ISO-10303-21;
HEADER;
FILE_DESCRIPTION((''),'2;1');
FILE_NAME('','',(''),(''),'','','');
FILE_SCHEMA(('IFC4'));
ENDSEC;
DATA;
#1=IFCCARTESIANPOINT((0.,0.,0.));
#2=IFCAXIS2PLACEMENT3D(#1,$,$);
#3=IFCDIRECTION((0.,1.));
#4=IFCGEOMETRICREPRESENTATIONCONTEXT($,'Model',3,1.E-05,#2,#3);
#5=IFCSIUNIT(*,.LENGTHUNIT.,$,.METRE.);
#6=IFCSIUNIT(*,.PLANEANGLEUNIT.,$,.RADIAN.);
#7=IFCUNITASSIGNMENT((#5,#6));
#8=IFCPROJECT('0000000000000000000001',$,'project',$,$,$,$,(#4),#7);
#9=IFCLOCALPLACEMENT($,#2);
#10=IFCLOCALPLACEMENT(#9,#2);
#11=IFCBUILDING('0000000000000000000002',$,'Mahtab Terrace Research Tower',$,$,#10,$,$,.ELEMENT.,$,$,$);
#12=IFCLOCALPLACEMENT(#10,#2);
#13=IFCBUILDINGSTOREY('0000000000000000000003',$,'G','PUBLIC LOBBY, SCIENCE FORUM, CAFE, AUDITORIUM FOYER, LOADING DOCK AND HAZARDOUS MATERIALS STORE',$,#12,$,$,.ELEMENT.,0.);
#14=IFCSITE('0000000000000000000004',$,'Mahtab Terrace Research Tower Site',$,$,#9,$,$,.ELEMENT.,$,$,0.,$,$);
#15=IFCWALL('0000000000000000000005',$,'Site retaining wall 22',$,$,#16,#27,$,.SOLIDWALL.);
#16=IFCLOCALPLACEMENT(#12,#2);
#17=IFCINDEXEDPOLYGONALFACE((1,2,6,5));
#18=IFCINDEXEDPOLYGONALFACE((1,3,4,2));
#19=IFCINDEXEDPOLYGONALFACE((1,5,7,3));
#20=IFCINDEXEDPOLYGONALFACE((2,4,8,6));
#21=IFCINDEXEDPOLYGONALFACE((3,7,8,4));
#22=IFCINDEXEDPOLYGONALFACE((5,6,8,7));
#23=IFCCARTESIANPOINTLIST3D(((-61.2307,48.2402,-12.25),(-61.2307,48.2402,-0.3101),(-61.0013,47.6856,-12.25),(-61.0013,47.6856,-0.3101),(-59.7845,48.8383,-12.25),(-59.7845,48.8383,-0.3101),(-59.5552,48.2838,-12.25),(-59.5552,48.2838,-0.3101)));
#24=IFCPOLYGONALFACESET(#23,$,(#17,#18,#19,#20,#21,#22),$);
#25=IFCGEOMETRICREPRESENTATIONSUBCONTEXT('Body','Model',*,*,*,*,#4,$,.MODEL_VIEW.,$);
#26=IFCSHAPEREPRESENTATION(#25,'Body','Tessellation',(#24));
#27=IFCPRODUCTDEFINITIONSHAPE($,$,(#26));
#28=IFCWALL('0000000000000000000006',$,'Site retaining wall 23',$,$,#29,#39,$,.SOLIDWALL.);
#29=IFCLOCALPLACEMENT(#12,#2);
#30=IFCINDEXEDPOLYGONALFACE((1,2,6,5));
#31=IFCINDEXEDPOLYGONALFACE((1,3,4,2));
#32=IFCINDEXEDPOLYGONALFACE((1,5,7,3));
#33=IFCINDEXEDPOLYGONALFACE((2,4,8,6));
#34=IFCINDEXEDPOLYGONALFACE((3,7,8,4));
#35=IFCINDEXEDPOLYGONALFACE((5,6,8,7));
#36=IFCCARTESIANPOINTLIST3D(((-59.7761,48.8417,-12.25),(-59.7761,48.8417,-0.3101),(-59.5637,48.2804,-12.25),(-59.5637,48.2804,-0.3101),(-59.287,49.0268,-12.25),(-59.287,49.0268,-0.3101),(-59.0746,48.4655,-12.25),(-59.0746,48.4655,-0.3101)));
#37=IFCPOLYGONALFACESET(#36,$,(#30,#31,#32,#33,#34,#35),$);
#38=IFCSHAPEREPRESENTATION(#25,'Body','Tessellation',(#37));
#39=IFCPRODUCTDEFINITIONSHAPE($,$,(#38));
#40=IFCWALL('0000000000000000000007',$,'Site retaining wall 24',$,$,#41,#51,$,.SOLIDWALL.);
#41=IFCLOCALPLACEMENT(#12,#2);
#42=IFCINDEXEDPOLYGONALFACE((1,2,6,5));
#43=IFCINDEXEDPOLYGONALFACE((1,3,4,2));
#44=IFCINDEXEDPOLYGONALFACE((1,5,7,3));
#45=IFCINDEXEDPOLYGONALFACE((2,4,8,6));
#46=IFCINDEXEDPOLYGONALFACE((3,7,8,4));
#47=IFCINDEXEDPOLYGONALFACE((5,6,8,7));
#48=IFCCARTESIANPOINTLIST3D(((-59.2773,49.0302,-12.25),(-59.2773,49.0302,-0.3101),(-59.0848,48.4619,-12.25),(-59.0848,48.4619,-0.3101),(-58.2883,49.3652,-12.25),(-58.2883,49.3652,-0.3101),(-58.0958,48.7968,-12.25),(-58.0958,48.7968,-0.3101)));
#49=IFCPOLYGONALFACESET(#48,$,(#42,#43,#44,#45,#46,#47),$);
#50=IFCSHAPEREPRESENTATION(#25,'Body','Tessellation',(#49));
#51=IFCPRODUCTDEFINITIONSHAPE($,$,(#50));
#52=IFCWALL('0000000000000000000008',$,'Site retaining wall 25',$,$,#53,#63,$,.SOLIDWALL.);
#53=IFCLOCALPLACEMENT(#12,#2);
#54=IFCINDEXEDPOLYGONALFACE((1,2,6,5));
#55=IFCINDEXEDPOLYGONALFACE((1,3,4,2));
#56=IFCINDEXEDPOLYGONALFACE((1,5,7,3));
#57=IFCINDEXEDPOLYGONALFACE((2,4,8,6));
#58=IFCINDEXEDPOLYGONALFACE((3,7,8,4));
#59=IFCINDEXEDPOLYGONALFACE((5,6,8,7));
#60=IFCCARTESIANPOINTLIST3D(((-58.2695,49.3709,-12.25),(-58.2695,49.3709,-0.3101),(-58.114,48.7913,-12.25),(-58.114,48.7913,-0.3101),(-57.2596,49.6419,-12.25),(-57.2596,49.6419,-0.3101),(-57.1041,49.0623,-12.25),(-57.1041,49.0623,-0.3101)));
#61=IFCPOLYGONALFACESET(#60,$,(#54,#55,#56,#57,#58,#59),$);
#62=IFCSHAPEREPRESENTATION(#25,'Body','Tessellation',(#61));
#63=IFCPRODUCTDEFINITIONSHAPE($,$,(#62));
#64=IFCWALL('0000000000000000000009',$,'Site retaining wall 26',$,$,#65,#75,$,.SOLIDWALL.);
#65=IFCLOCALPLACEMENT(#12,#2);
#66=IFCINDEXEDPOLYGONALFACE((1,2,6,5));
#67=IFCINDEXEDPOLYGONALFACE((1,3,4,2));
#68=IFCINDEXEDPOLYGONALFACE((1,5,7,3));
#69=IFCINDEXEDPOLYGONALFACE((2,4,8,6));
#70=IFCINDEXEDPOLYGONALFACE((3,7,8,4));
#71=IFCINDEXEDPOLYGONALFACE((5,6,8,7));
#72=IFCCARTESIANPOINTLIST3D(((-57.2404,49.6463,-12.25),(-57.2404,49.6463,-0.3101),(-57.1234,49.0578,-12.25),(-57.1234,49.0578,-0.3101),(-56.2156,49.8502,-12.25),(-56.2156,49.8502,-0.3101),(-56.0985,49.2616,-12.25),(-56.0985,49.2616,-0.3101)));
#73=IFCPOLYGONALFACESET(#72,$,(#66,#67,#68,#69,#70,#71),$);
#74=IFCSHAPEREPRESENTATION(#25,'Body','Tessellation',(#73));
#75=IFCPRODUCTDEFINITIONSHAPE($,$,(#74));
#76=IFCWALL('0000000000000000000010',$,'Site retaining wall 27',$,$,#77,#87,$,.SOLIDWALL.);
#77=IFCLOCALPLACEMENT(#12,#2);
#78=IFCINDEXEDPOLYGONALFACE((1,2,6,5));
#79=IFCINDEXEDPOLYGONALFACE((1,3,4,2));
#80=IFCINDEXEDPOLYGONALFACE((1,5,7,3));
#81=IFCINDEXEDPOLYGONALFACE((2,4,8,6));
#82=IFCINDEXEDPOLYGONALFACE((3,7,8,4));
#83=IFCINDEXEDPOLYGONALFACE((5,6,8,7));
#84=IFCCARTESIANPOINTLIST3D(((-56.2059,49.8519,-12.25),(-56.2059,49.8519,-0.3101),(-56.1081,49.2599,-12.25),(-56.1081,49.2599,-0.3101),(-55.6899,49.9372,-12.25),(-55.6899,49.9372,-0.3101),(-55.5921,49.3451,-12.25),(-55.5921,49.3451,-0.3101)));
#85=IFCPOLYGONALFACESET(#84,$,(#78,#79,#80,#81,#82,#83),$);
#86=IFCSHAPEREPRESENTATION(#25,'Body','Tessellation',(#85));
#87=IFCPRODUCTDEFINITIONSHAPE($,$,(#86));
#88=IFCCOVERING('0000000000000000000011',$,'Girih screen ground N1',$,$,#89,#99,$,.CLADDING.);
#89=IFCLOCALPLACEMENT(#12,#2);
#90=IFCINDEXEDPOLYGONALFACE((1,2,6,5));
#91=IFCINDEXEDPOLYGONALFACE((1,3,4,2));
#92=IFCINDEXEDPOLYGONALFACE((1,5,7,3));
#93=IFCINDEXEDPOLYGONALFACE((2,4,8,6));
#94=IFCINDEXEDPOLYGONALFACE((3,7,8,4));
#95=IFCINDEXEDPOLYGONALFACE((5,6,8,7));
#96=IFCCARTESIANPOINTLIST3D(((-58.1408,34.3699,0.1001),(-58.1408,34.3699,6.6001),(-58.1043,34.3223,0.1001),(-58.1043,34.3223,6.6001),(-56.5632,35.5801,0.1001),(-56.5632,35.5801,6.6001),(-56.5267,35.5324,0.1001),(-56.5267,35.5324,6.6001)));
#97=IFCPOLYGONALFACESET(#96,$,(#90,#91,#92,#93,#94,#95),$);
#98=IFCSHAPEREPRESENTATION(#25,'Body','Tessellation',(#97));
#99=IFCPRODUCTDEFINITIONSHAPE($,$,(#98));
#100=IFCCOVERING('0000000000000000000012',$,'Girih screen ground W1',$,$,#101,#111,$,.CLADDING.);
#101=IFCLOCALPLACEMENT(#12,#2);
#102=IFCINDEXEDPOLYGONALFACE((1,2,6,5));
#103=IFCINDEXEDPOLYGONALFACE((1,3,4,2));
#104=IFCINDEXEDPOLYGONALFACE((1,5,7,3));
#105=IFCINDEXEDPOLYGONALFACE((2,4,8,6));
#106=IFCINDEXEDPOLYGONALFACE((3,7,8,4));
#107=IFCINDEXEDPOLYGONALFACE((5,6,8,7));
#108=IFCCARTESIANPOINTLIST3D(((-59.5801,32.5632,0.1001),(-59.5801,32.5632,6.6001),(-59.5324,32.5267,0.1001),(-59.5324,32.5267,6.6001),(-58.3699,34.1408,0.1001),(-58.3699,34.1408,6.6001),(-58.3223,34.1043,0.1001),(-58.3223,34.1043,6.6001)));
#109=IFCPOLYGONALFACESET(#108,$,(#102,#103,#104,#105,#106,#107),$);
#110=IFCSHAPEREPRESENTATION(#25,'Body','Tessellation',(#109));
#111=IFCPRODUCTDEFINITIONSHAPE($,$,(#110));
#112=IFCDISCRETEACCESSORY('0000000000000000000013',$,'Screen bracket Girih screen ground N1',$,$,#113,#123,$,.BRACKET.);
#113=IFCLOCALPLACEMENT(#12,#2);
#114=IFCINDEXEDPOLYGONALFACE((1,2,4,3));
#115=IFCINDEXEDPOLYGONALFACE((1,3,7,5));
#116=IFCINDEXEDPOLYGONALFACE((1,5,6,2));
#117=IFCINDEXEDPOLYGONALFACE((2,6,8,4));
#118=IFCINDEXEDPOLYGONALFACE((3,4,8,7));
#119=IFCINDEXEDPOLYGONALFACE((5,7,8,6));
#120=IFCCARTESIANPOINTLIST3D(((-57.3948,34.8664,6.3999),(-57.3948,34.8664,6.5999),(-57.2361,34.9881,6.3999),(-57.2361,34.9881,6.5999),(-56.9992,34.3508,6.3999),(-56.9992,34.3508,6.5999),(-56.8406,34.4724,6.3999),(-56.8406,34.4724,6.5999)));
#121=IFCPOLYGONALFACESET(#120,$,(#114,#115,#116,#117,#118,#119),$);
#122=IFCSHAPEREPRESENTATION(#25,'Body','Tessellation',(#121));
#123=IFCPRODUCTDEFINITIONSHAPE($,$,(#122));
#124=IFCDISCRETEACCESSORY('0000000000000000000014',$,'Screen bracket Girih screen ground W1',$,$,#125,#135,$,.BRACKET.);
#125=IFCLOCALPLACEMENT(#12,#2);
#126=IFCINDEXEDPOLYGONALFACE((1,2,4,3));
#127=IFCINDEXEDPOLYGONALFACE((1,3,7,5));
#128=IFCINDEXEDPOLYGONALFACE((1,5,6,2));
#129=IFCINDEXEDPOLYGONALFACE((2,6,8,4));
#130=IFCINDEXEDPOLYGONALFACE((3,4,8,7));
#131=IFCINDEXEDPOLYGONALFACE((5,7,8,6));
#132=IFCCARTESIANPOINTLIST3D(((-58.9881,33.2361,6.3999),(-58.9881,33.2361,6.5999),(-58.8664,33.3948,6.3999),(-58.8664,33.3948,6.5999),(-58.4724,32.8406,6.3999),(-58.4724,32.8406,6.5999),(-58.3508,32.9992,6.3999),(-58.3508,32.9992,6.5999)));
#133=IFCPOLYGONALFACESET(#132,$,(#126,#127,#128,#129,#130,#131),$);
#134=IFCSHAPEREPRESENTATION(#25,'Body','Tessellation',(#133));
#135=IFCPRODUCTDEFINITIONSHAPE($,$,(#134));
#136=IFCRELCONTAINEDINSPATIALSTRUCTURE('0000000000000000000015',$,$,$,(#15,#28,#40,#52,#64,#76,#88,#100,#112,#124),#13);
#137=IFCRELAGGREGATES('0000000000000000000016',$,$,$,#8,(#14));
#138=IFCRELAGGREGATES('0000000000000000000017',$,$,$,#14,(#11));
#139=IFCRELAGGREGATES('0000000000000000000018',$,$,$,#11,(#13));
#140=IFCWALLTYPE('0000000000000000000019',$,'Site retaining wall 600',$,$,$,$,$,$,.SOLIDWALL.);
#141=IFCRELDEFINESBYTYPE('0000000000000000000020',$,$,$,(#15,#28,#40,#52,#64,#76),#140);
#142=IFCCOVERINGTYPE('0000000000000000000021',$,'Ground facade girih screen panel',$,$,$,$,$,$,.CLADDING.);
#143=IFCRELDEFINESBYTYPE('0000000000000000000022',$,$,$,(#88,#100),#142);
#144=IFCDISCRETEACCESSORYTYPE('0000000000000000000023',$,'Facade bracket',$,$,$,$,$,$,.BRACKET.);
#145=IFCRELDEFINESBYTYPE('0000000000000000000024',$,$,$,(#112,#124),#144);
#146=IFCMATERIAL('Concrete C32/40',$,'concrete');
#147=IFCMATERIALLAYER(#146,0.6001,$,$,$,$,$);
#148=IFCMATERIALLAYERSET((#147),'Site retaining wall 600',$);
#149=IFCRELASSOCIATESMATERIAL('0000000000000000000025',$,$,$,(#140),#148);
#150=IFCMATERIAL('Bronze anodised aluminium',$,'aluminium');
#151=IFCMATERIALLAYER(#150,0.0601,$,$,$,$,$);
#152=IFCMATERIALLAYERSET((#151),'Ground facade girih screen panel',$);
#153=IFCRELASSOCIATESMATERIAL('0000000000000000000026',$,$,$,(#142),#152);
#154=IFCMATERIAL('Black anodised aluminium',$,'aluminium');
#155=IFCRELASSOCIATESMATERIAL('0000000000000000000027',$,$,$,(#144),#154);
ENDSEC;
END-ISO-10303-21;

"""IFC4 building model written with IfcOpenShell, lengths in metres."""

from ifc_helpers import new_model, si_unit, direction, frame, frame_2d, origin, origin_2d, place, context, subcontext, project, spatial, rectangle, extrude, material, layer, layer_set, type_object, element, save


model = new_model("IFC4")

# Units and contexts
model_context = context("Model", 3, precision=1e-05, world=origin(), true_north=direction((0.0, 1.0)))
body_context = subcontext(model_context, "Body", "Model", "MODEL_VIEW")
ifc_project = project(units=[si_unit("LENGTHUNIT", "METRE"), si_unit("PLANEANGLEUNIT", "RADIAN")], contexts=[model_context])

# Site, building, storey
site_placement = place(None, origin())
site = spatial("IfcSite", under=ifc_project, at=site_placement, Name="Mahtab Terrace Research Tower Site", CompositionType="ELEMENT", RefElevation=0.0)
building_placement = place(site_placement, origin())
building = spatial("IfcBuilding", under=site, at=building_placement, Name="Mahtab Terrace Research Tower", CompositionType="ELEMENT")
storey_placement = place(building_placement, origin())
storey = spatial("IfcBuildingStorey", under=building, at=storey_placement, Name="G", Description="PUBLIC LOBBY, SCIENCE FORUM, CAFE, AUDITORIUM FOYER, LOADING DOCK AND HAZARDOUS MATERIALS STORE", CompositionType="ELEMENT", Elevation=0.0)

# Walls
ifc_material_1 = material(Name="Concrete C32/40", Category="concrete")
ifc_layer_1 = layer(ifc_material_1, 0.6001)
ifc_layer_set_1 = layer_set([ifc_layer_1], Name="Site retaining wall 600")
wall_type = type_object("IfcWallType", Name="Site retaining wall 600", PredefinedType="SOLIDWALL", material=ifc_layer_set_1)
wall_1_placement = place(storey_placement, frame((-61.116, 47.9629, -12.25), z_axis=(0.0, 0.0, 1.0), x_axis=(0.924066, 0.382232, 0.0)))
element("IfcWall", 1, at=wall_1_placement, inside=storey, type_object=wall_type, Name="Site retaining wall 22", PredefinedType="SOLIDWALL", context=body_context, shape_type="SweptSolid", body=[
    extrude(rectangle(XDim=1.5649, YDim=0.6001, at=frame_2d((0.7825, 0.0))), origin(), (0.0, 0.0, 1.0), 11.9399),
])
wall_2_placement = place(storey_placement, frame((-59.6699, 48.561, -12.25), z_axis=(0.0, 0.0, 1.0), x_axis=(0.93527, 0.353936, 0.0)))
element("IfcWall", 2, at=wall_2_placement, inside=storey, type_object=wall_type, Name="Site retaining wall 23", PredefinedType="SOLIDWALL", context=body_context, shape_type="SweptSolid", body=[
    extrude(rectangle(XDim=0.5229, YDim=0.6001, at=frame_2d((0.2615, 0.0))), origin(), (0.0, 0.0, 1.0), 11.9399),
])
wall_3_placement = place(storey_placement, frame((-59.1809, 48.7461, -12.25), z_axis=(0.0, 0.0, 1.0), x_axis=(0.947153, 0.320783, 0.0)))
element("IfcWall", 3, at=wall_3_placement, inside=storey, type_object=wall_type, Name="Site retaining wall 24", PredefinedType="SOLIDWALL", context=body_context, shape_type="SweptSolid", body=[
    extrude(rectangle(XDim=1.0442, YDim=0.6001, at=frame_2d((0.522, 0.0))), origin(), (0.0, 0.0, 1.0), 11.9399),
])
wall_4_placement = place(storey_placement, frame((-58.1919, 49.0811, -12.25), z_axis=(0.0, 0.0, 1.0), x_axis=(0.965839, 0.259145, 0.0)))
element("IfcWall", 4, at=wall_4_placement, inside=storey, type_object=wall_type, Name="Site retaining wall 25", PredefinedType="SOLIDWALL", context=body_context, shape_type="SweptSolid", body=[
    extrude(rectangle(XDim=1.0457, YDim=0.6001, at=frame_2d((0.5229, 0.0))), origin(), (0.0, 0.0, 1.0), 11.9399),
])
wall_5_placement = place(storey_placement, frame((-57.1819, 49.3521, -12.25), z_axis=(0.0, 0.0, 1.0), x_axis=(0.980787, 0.195083, 0.0)))
element("IfcWall", 5, at=wall_5_placement, inside=storey, type_object=wall_type, Name="Site retaining wall 26", PredefinedType="SOLIDWALL", context=body_context, shape_type="SweptSolid", body=[
    extrude(rectangle(XDim=1.0449, YDim=0.6001, at=frame_2d((0.5225, 0.0))), origin(), (0.0, 0.0, 1.0), 11.9399),
])
wall_6_placement = place(storey_placement, frame((-56.157, 49.5559, -12.25), z_axis=(0.0, 0.0, 1.0), x_axis=(0.986633, 0.16296, 0.0)))
element("IfcWall", 6, at=wall_6_placement, inside=storey, type_object=wall_type, Name="Site retaining wall 27", PredefinedType="SOLIDWALL", context=body_context, shape_type="SweptSolid", body=[
    extrude(rectangle(XDim=0.5229, YDim=0.6001, at=frame_2d((0.2615, 0.0))), origin(), (0.0, 0.0, 1.0), 11.9399),
])

# Coverings
ifc_material_2 = material(Name="Bronze anodised aluminium", Category="aluminium")
ifc_layer_2 = layer(ifc_material_2, 0.0601)
ifc_layer_set_2 = layer_set([ifc_layer_2], Name="Ground facade girih screen panel")
covering_type = type_object("IfcCoveringType", Name="Ground facade girih screen panel", PredefinedType="CLADDING", material=ifc_layer_set_2)
for number, where, z_axis, x_axis, name in (
    (7, (-57.3337, 34.9512, 0.1001), (0.0, 0.0, 1.0), (-0.79346, -0.608623, 0.0), "Girih screen ground N1"),
    (8, (-58.9512, 33.3337, 0.1001), (0.0, 0.0, 1.0), (-0.608623, -0.79346, 0.0), "Girih screen ground W1"),
):
    element("IfcCovering", number, at=place(storey_placement, frame(where, z_axis=z_axis, x_axis=x_axis)), inside=storey, type_object=covering_type, Name=name, PredefinedType="CLADDING", context=body_context, shape_type="SweptSolid", body=[
        extrude(rectangle(XDim=1.9883, YDim=0.0601, at=origin_2d()), origin(), (0.0, 0.0, 1.0), 6.5),
    ])

# Discrete accessories
ifc_material_3 = material(Name="Black anodised aluminium", Category="aluminium")
discrete_accessory_type = type_object("IfcDiscreteAccessoryType", Name="Facade bracket", PredefinedType="BRACKET", material=ifc_material_3)
for number, where, z_axis, x_axis, name in (
    (9, (-57.1177, 34.6694, 6.3999), (0.0, 0.0, 1.0), (-0.79346, -0.608623, 0.0), "Screen bracket Girih screen ground N1"),
    (10, (-58.6694, 33.1177, 6.3999), (0.0, 0.0, 1.0), (-0.608623, -0.79346, 0.0), "Screen bracket Girih screen ground W1"),
):
    element("IfcDiscreteAccessory", number, at=place(storey_placement, frame(where, z_axis=z_axis, x_axis=x_axis)), inside=storey, type_object=discrete_accessory_type, Name=name, PredefinedType="BRACKET", context=body_context, shape_type="SweptSolid", body=[
        extrude(rectangle(XDim=0.2, YDim=0.6499, at=origin_2d()), origin(), (0.0, 0.0, 1.0), 0.2),
    ])

save(model, "model.ifc")
